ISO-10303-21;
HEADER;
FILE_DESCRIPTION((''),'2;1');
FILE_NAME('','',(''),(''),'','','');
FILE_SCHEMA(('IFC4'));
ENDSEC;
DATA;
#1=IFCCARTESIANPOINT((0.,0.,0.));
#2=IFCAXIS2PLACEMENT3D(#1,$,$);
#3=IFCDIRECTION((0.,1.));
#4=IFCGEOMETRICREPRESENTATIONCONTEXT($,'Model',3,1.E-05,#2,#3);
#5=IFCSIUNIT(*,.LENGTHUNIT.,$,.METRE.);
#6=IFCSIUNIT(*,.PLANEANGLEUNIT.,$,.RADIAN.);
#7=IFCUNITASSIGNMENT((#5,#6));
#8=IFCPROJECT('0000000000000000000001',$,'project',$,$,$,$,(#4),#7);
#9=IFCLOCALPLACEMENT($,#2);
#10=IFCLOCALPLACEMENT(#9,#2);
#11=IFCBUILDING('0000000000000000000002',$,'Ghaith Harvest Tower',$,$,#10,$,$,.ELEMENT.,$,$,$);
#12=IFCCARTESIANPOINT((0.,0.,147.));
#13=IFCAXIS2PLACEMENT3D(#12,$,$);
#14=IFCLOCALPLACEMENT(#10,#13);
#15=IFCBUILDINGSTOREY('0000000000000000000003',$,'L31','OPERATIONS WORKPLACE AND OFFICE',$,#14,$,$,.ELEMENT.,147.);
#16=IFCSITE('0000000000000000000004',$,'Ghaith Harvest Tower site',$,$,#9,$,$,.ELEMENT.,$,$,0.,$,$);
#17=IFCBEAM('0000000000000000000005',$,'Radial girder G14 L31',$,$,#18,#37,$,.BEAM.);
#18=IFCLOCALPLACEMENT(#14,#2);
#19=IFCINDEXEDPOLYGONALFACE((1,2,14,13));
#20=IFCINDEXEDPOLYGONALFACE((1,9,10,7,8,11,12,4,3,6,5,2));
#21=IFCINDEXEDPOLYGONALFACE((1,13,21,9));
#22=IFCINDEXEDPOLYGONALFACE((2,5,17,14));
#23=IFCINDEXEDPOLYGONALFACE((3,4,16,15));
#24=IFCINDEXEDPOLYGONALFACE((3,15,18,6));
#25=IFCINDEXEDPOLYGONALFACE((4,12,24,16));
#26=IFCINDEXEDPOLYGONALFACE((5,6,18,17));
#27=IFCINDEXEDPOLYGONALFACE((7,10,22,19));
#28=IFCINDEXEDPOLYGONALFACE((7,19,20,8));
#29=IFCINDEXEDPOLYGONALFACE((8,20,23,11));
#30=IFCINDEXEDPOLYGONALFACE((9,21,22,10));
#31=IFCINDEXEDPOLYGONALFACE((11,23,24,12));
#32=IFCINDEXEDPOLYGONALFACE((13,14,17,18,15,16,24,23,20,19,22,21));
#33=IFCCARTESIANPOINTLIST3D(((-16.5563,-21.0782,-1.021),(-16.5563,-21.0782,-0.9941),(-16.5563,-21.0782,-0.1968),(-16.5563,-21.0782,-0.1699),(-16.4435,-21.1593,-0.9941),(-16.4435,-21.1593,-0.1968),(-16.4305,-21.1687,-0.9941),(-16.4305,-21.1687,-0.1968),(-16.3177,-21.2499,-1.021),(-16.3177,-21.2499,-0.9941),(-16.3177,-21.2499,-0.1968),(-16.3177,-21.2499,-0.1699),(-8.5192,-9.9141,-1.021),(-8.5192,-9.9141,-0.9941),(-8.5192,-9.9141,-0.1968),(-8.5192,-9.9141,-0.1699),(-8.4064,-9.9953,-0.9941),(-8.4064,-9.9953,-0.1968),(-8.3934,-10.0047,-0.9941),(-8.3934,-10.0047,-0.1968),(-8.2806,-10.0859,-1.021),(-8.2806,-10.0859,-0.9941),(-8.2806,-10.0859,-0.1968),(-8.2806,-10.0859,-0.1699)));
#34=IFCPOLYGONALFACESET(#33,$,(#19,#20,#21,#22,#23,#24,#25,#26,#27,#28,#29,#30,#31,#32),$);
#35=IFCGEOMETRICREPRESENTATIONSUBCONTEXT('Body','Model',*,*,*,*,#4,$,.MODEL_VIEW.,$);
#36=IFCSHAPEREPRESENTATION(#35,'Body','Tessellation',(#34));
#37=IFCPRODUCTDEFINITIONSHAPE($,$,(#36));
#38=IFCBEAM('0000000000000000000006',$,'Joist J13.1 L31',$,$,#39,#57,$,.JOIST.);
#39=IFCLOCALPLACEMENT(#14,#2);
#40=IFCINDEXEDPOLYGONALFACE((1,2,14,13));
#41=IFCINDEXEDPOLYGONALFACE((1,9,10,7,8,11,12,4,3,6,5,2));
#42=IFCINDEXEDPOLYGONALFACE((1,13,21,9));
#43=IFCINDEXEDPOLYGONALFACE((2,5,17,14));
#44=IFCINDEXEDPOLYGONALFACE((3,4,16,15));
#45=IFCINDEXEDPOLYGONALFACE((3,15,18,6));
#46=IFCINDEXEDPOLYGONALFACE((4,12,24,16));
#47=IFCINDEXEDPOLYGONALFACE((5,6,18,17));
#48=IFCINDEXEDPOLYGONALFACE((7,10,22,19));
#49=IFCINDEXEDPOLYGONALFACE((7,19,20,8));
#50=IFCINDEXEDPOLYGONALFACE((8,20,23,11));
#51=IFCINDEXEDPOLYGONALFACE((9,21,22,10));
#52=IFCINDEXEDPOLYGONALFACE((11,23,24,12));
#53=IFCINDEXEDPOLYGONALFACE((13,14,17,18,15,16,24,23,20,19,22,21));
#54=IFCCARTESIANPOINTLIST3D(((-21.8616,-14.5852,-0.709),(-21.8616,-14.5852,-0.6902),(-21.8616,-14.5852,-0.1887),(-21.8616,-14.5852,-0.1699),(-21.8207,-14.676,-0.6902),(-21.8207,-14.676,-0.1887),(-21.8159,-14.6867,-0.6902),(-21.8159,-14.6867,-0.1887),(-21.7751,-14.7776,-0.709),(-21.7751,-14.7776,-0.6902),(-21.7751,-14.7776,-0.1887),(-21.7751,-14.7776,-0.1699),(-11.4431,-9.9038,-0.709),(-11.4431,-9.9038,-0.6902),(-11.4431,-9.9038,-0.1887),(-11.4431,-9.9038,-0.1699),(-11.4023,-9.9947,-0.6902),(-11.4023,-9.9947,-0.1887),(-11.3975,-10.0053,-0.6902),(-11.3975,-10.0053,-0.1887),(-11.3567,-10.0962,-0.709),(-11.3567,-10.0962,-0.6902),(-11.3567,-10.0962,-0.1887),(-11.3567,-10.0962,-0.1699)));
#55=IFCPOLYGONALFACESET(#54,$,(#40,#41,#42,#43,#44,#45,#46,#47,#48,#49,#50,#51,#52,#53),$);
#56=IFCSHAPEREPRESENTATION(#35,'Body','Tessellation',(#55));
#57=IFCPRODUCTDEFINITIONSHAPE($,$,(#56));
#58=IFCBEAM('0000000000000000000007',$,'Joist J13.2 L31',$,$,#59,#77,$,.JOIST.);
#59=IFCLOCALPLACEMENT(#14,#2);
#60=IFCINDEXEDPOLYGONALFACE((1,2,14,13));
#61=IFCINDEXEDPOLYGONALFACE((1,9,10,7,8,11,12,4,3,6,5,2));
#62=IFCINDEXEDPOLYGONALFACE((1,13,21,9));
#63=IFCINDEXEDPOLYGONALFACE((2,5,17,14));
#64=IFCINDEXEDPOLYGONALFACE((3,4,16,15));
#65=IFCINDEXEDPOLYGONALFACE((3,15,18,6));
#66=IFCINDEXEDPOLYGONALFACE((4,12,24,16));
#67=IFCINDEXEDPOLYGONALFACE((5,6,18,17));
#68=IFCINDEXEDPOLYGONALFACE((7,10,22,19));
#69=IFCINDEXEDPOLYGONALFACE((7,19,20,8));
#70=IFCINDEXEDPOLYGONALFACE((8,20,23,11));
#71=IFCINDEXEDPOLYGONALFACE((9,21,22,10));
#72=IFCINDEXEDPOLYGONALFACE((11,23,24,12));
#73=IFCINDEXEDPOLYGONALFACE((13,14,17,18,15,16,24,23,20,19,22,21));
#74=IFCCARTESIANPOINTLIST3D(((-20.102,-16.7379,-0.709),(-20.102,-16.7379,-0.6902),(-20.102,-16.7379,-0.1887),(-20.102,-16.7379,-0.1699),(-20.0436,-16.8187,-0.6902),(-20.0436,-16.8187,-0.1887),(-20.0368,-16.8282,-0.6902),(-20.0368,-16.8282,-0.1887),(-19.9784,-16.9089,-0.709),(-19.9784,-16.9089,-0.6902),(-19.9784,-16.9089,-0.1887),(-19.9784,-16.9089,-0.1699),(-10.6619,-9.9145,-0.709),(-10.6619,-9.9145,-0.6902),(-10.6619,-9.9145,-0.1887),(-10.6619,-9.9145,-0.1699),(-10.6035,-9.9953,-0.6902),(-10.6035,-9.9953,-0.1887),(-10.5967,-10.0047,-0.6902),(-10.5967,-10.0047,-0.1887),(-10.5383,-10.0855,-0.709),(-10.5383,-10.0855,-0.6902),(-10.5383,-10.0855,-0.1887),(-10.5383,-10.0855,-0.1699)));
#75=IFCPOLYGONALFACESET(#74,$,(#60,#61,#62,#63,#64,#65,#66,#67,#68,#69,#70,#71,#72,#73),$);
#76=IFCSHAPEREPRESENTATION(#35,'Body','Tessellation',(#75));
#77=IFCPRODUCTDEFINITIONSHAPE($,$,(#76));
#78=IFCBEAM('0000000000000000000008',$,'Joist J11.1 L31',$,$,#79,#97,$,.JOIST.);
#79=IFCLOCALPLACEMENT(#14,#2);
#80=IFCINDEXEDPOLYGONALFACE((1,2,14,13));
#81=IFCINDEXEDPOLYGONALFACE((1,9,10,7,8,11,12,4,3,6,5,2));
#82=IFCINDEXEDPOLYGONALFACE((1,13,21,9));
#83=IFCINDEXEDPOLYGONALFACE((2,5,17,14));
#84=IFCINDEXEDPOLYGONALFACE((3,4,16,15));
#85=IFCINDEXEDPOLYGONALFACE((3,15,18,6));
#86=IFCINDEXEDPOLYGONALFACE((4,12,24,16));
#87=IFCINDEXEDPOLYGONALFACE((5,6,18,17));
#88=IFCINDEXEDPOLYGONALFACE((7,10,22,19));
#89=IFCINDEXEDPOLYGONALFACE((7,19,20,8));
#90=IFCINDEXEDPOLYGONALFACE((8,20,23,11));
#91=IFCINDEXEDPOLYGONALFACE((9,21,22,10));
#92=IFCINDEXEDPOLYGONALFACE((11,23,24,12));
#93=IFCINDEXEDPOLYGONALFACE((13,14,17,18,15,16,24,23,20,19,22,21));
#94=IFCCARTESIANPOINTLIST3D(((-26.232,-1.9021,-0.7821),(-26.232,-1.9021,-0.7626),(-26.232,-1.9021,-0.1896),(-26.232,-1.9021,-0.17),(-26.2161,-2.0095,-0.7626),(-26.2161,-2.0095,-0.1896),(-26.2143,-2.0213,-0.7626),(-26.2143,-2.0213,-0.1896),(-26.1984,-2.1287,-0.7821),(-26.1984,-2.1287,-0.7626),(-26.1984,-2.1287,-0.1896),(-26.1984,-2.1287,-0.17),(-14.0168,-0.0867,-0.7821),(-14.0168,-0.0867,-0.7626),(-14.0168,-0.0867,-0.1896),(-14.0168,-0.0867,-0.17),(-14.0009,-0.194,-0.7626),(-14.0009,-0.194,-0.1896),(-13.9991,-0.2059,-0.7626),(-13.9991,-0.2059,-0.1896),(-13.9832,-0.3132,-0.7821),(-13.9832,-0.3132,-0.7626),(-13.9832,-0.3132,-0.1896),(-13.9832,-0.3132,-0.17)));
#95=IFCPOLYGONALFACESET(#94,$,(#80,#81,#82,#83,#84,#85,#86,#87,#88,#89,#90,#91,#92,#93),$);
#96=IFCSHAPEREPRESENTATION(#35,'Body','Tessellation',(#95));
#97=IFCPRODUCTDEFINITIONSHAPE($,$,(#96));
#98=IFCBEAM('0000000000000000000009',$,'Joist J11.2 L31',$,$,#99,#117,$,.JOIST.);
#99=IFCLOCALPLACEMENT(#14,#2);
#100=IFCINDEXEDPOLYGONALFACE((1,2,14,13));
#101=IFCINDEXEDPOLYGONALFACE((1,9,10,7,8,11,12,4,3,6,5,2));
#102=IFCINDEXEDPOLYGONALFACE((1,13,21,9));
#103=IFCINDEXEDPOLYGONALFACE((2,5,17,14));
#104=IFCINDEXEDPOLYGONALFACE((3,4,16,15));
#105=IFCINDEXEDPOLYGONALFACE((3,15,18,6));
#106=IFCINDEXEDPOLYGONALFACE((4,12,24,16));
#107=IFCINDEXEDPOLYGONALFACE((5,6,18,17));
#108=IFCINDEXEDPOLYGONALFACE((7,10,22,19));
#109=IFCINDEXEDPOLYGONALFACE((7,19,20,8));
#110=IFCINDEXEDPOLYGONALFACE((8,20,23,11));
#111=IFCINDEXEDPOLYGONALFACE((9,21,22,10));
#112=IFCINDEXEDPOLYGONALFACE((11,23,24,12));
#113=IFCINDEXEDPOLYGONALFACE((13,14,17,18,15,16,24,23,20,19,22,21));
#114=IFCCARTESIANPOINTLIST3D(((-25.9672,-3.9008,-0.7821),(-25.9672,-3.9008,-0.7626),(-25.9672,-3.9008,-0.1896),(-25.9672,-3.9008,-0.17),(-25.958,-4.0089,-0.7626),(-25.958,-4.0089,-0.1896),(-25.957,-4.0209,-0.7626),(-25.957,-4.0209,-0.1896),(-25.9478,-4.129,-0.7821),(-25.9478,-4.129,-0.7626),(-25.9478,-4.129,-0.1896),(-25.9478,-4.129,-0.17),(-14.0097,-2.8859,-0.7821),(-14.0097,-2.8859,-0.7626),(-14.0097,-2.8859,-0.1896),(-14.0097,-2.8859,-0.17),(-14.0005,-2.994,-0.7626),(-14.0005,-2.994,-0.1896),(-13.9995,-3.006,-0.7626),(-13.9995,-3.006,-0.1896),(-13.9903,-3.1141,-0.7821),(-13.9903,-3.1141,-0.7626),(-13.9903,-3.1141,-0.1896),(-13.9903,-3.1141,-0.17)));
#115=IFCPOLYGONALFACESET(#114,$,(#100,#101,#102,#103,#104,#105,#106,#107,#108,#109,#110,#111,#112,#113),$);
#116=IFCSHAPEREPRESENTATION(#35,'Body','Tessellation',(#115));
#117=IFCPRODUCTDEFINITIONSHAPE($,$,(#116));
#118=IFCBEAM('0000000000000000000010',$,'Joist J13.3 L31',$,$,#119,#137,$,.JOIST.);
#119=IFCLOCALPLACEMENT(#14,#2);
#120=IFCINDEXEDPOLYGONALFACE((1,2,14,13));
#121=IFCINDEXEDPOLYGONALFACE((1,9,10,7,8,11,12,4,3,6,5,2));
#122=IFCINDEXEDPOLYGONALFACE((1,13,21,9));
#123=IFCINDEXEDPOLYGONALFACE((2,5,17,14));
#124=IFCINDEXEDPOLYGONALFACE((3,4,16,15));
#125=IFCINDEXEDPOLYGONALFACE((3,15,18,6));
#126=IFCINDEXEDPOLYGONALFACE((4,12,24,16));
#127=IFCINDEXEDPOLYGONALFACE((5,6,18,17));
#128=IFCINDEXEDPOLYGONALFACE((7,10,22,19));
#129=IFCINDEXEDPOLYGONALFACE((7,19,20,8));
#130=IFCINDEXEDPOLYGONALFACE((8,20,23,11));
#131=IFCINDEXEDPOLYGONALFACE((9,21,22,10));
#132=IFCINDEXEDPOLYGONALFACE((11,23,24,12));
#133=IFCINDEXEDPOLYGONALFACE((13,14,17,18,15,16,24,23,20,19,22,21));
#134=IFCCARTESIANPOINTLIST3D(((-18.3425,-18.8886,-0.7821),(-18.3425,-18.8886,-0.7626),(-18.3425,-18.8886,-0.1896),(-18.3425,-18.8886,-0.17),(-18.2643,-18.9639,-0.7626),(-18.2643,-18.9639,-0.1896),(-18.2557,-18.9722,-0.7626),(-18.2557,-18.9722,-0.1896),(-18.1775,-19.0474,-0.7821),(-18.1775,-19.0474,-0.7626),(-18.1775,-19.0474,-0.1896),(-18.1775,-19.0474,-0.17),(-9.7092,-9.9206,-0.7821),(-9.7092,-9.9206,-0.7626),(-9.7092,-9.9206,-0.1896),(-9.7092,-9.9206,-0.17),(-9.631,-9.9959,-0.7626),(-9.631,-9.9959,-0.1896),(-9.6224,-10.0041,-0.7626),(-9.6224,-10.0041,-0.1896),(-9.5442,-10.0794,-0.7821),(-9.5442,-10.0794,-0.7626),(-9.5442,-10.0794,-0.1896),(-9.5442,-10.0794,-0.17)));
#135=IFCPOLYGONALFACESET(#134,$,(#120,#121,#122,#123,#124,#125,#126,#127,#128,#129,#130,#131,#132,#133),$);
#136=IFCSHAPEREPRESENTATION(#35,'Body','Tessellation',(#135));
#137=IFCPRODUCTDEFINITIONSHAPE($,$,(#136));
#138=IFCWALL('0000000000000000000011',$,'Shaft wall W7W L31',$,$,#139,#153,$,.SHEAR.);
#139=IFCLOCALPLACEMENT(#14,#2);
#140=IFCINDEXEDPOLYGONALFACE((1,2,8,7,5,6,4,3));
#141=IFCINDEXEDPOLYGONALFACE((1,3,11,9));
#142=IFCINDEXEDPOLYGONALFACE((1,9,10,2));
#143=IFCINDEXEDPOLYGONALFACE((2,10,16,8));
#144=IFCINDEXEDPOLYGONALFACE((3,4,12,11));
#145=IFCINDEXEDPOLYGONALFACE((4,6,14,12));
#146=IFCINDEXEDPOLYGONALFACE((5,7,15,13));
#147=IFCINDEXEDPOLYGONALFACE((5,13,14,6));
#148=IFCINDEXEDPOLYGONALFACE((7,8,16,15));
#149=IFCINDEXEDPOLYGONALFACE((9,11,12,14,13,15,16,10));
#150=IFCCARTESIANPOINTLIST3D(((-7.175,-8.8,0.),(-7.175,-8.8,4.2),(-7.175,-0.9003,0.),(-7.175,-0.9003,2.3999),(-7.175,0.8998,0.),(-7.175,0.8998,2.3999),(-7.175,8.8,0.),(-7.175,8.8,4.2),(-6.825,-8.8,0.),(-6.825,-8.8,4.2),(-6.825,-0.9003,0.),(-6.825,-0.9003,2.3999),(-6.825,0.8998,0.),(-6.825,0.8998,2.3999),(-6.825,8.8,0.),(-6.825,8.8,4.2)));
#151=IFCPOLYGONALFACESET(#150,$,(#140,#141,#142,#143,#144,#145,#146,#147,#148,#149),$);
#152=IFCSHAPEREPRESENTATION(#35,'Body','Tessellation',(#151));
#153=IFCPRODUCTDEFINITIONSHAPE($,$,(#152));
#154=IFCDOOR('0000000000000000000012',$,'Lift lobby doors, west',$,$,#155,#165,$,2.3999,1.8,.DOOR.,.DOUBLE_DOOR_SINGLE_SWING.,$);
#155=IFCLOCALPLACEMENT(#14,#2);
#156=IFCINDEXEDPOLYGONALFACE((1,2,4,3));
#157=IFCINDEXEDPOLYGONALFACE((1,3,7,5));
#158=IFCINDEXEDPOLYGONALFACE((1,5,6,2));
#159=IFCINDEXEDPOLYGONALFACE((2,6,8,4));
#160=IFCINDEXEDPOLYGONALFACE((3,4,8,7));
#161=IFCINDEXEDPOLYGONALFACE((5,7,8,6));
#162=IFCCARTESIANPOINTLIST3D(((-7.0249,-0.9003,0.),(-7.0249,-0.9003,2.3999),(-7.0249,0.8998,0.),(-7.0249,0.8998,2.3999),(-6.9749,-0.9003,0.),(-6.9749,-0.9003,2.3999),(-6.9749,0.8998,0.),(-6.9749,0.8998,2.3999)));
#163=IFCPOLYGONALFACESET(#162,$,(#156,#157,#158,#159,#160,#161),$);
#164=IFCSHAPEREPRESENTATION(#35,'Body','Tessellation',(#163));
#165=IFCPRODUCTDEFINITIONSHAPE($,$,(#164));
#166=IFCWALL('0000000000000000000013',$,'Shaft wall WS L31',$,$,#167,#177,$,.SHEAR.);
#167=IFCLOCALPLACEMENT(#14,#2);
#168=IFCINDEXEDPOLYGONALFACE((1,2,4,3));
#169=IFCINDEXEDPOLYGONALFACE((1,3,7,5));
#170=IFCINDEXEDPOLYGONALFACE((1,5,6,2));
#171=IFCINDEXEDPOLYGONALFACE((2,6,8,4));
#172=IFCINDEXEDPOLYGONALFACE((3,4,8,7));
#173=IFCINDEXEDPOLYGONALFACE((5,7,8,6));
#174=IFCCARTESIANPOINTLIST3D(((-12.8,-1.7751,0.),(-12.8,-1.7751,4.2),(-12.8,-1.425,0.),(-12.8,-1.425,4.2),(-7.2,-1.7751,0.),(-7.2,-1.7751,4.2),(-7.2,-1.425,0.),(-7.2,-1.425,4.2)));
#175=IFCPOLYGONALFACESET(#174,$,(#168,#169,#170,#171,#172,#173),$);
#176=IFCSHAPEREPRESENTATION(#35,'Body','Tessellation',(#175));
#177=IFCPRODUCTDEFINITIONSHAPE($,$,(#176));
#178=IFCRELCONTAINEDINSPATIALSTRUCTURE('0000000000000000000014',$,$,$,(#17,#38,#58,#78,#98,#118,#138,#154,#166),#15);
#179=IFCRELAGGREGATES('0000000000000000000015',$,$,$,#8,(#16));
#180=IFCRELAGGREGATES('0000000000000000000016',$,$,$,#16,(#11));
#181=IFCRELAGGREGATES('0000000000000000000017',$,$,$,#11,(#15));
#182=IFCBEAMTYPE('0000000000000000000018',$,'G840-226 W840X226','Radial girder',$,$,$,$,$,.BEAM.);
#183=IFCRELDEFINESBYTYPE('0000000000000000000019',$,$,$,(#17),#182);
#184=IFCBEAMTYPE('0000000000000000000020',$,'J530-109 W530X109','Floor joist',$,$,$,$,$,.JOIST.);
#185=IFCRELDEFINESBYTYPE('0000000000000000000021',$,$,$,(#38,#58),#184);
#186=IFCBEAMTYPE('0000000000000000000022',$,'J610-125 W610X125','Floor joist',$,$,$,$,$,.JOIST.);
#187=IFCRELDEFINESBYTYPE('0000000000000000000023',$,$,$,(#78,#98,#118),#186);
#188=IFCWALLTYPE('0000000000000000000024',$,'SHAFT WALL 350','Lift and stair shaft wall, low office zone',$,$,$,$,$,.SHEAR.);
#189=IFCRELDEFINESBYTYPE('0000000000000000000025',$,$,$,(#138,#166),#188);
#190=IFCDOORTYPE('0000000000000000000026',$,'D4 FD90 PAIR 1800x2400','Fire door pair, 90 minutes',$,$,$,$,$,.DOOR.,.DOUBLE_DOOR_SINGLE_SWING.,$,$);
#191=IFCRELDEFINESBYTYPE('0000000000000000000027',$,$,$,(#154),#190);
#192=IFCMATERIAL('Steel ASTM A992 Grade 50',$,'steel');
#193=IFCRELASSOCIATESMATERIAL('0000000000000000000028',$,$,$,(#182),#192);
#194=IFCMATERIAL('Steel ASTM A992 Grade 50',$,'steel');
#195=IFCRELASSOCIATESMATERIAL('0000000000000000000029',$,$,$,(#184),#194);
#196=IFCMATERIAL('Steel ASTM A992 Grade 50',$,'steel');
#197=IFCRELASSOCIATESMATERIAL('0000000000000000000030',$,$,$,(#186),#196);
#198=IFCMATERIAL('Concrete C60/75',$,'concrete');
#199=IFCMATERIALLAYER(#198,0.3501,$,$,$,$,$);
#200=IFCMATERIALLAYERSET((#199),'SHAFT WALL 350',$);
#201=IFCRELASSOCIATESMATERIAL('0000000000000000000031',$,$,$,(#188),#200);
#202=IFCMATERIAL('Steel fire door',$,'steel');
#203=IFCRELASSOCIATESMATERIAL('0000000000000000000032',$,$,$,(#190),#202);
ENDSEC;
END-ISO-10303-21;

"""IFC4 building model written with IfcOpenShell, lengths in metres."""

from ifc_helpers import new_model, si_unit, direction, frame, frame_2d, origin, origin_2d, place, context, subcontext, project, spatial, rectangle, i_section, extrude, material, layer, layer_set, material_profile, profile_set, type_object, element, fill, save


model = new_model("IFC4")

# Units and contexts
model_context = context("Model", 3, precision=1e-05, world=origin(), true_north=direction((0.0, 1.0)))
body_context = subcontext(model_context, "Body", "Model", "MODEL_VIEW")
ifc_project = project(units=[si_unit("LENGTHUNIT", "METRE"), si_unit("PLANEANGLEUNIT", "RADIAN")], contexts=[model_context])

# Site, building, storey
site_placement = place(None, origin())
site = spatial("IfcSite", under=ifc_project, at=site_placement, Name="Ghaith Harvest Tower site", CompositionType="ELEMENT", RefElevation=0.0)
building_placement = place(site_placement, origin())
building = spatial("IfcBuilding", under=site, at=building_placement, Name="Ghaith Harvest Tower", CompositionType="ELEMENT")
storey_placement = place(building_placement, frame((0.0, 0.0, 147.0)))
storey = spatial("IfcBuildingStorey", under=building, at=storey_placement, Name="L31", Description="OPERATIONS WORKPLACE AND OFFICE", CompositionType="ELEMENT", Elevation=147.0)

# Beams
ifc_material_1 = material(Name="Steel ASTM A992 Grade 50", Category="steel")
ifc_material_profile_1 = material_profile(ifc_material_1, i_section(OverallWidth=0.2939, OverallDepth=0.8511, WebThickness=0.0161, FlangeThickness=0.0269, at=origin_2d()), Name="W840X226")
ifc_profile_set_1 = profile_set([ifc_material_profile_1], Name="Steel ASTM A992 Grade 50")
beam_type_1 = type_object("IfcBeamType", Name="G840-226 W840X226", Description="Radial girder", PredefinedType="BEAM", material=ifc_profile_set_1)
beam_1_placement = place(storey_placement, frame((-8.3999, -10.0, -0.5955), z_axis=(-0.584256, -0.811569, 0.0), x_axis=(0.811569, -0.584256, 0.0)))
element("IfcBeam", 1, at=beam_1_placement, inside=storey, type_object=beam_type_1, Name="Radial girder G14 L31", PredefinedType="BEAM", context=body_context, shape_type="SweptSolid", body=[
    extrude(i_section(OverallWidth=0.2939, OverallDepth=0.8511, WebThickness=0.0161, FlangeThickness=0.0269, at=origin_2d()), origin(), (0.0, 0.0, 1.0), 13.7561),
])
ifc_material_2 = material(Name="Steel ASTM A992 Grade 50", Category="steel")
ifc_material_profile_2 = material_profile(ifc_material_2, i_section(OverallWidth=0.2109, OverallDepth=0.5391, WebThickness=0.0117, FlangeThickness=0.0188, at=origin_2d()), Name="W530X109")
ifc_profile_set_2 = profile_set([ifc_material_profile_2], Name="Steel ASTM A992 Grade 50")
beam_type_2 = type_object("IfcBeamType", Name="J530-109 W530X109", Description="Floor joist", PredefinedType="JOIST", material=ifc_profile_set_2)
beam_2_placement = place(storey_placement, frame((-11.3999, -10.0, -0.4395), z_axis=(-0.912148, -0.409862, 0.0), x_axis=(0.409862, -0.912148, 0.0)))
element("IfcBeam", 2, at=beam_2_placement, inside=storey, type_object=beam_type_2, Name="Joist J13.1 L31", PredefinedType="JOIST", context=body_context, shape_type="SweptSolid", body=[
    extrude(i_section(OverallWidth=0.2109, OverallDepth=0.5391, WebThickness=0.0117, FlangeThickness=0.0188, at=origin_2d()), origin(), (0.0, 0.0, 1.0), 11.4219),
])
beam_3_placement = place(storey_placement, frame((-10.6001, -10.0, -0.4395), z_axis=(-0.810452, -0.585805, 0.0), x_axis=(0.585805, -0.810452, 0.0)))
element("IfcBeam", 3, at=beam_3_placement, inside=storey, type_object=beam_type_2, Name="Joist J13.2 L31", PredefinedType="JOIST", context=body_context, shape_type="SweptSolid", body=[
    extrude(i_section(OverallWidth=0.2109, OverallDepth=0.5391, WebThickness=0.0117, FlangeThickness=0.0188, at=origin_2d()), origin(), (0.0, 0.0, 1.0), 11.6479),
])
ifc_material_3 = material(Name="Steel ASTM A992 Grade 50", Category="steel")
ifc_material_profile_3 = material_profile(ifc_material_3, i_section(OverallWidth=0.229, OverallDepth=0.6121, WebThickness=0.012, FlangeThickness=0.0195, at=origin_2d()), Name="W610X125")
ifc_profile_set_3 = profile_set([ifc_material_profile_3], Name="Steel ASTM A992 Grade 50")
beam_type_3 = type_object("IfcBeamType", Name="J610-125 W610X125", Description="Floor joist", PredefinedType="JOIST", material=ifc_profile_set_3)
beam_4_placement = place(storey_placement, frame((-14.0, -0.2, -0.4761), z_axis=(-0.989135, -0.147007, 0.0), x_axis=(0.147007, -0.989135, 0.0)))
element("IfcBeam", 4, at=beam_4_placement, inside=storey, type_object=beam_type_3, Name="Joist J11.1 L31", PredefinedType="JOIST", context=body_context, shape_type="SweptSolid", body=[
    extrude(i_section(OverallWidth=0.229, OverallDepth=0.6121, WebThickness=0.012, FlangeThickness=0.0195, at=origin_2d()), origin(), (0.0, 0.0, 1.0), 12.3494),
])
beam_5_placement = place(storey_placement, frame((-14.0, -3.0, -0.4761), z_axis=(-0.996417, -0.084571, 0.0), x_axis=(0.084571, -0.996417, 0.0)))
element("IfcBeam", 5, at=beam_5_placement, inside=storey, type_object=beam_type_3, Name="Joist J11.2 L31", PredefinedType="JOIST", context=body_context, shape_type="SweptSolid", body=[
    extrude(i_section(OverallWidth=0.229, OverallDepth=0.6121, WebThickness=0.012, FlangeThickness=0.0195, at=origin_2d()), origin(), (0.0, 0.0, 1.0), 12.0005),
])
beam_6_placement = place(storey_placement, frame((-9.6267, -10.0, -0.4761), z_axis=(-0.693535, -0.720423, 0.0), x_axis=(0.720423, -0.693535, 0.0)))
element("IfcBeam", 6, at=beam_6_placement, inside=storey, type_object=beam_type_3, Name="Joist J13.3 L31", PredefinedType="JOIST", context=body_context, shape_type="SweptSolid", body=[
    extrude(i_section(OverallWidth=0.229, OverallDepth=0.6121, WebThickness=0.012, FlangeThickness=0.0195, at=origin_2d()), origin(), (0.0, 0.0, 1.0), 12.4482),
])

# Wall, opening, door
ifc_material_4 = material(Name="Concrete C60/75", Category="concrete")
ifc_layer_1 = layer(ifc_material_4, 0.3501)
ifc_layer_set_1 = layer_set([ifc_layer_1], Name="SHAFT WALL 350")
wall_type_1 = type_object("IfcWallType", Name="SHAFT WALL 350", Description="Lift and stair shaft wall, low office zone", PredefinedType="SHEAR", material=ifc_layer_set_1)
wall_1_placement = place(storey_placement, frame((-7.0, -8.8, 0.0), z_axis=(0.0, 0.0, 1.0), x_axis=(0.0, 1.0, 0.0)))
wall_1 = element("IfcWall", 7, at=wall_1_placement, inside=storey, type_object=wall_type_1, Name="Shaft wall W7W L31", PredefinedType="SHEAR", context=body_context, shape_type="SweptSolid", body=[
    extrude(rectangle(XDim=17.6001, YDim=0.3501, at=frame_2d((8.8, 0.0))), origin(), (0.0, 0.0, 1.0), 4.2),
])
opening_placement = place(wall_1_placement, frame((7.8999, 0.0, 0.0)))
opening = element("IfcOpeningElement", 8, at=opening_placement, cuts=wall_1, PredefinedType="OPENING", context=body_context, shape_type="SweptSolid", body=[
    extrude(rectangle(XDim=1.8, YDim=2.3999, at=frame_2d((0.8999, 1.2))), frame((0.0, 0.1851, 0.0), z_axis=(0.0, -1.0, 0.0), x_axis=(1.0, 0.0, 0.0)), (0.0, 0.0, 1.0), 0.3701),
])
ifc_material_5 = material(Name="Steel fire door", Category="steel")
door_type = type_object("IfcDoorType", Name="D4 FD90 PAIR 1800x2400", Description="Fire door pair, 90 minutes", OperationType="DOUBLE_DOOR_SINGLE_SWING", PredefinedType="DOOR", material=ifc_material_5)
door_placement = place(opening_placement, origin())
door = element("IfcDoor", 9, at=door_placement, inside=storey, type_object=door_type, Name="Lift lobby doors, west", OperationType="DOUBLE_DOOR_SINGLE_SWING", OverallHeight=2.3999, OverallWidth=1.8, PredefinedType="DOOR", context=body_context, shape_type="SweptSolid", body=[
    extrude(rectangle(XDim=1.8, YDim=2.3999, at=frame_2d((0.8999, 1.2))), frame((0.0, 0.0249, 0.0), z_axis=(0.0, -1.0, 0.0), x_axis=(1.0, 0.0, 0.0)), (0.0, 0.0, 1.0), 0.05),
])
fill(opening, door)

# Wall
wall_2_placement = place(storey_placement, frame((-12.8, -1.6001, 0.0), z_axis=(0.0, 0.0, 1.0), x_axis=(1.0, 0.0, 0.0)))
element("IfcWall", 10, at=wall_2_placement, inside=storey, type_object=wall_type_1, Name="Shaft wall WS L31", PredefinedType="SHEAR", context=body_context, shape_type="SweptSolid", body=[
    extrude(rectangle(XDim=5.6001, YDim=0.3501, at=frame_2d((2.8, 0.0))), origin(), (0.0, 0.0, 1.0), 4.2),
])

save(model, "model.ifc")
